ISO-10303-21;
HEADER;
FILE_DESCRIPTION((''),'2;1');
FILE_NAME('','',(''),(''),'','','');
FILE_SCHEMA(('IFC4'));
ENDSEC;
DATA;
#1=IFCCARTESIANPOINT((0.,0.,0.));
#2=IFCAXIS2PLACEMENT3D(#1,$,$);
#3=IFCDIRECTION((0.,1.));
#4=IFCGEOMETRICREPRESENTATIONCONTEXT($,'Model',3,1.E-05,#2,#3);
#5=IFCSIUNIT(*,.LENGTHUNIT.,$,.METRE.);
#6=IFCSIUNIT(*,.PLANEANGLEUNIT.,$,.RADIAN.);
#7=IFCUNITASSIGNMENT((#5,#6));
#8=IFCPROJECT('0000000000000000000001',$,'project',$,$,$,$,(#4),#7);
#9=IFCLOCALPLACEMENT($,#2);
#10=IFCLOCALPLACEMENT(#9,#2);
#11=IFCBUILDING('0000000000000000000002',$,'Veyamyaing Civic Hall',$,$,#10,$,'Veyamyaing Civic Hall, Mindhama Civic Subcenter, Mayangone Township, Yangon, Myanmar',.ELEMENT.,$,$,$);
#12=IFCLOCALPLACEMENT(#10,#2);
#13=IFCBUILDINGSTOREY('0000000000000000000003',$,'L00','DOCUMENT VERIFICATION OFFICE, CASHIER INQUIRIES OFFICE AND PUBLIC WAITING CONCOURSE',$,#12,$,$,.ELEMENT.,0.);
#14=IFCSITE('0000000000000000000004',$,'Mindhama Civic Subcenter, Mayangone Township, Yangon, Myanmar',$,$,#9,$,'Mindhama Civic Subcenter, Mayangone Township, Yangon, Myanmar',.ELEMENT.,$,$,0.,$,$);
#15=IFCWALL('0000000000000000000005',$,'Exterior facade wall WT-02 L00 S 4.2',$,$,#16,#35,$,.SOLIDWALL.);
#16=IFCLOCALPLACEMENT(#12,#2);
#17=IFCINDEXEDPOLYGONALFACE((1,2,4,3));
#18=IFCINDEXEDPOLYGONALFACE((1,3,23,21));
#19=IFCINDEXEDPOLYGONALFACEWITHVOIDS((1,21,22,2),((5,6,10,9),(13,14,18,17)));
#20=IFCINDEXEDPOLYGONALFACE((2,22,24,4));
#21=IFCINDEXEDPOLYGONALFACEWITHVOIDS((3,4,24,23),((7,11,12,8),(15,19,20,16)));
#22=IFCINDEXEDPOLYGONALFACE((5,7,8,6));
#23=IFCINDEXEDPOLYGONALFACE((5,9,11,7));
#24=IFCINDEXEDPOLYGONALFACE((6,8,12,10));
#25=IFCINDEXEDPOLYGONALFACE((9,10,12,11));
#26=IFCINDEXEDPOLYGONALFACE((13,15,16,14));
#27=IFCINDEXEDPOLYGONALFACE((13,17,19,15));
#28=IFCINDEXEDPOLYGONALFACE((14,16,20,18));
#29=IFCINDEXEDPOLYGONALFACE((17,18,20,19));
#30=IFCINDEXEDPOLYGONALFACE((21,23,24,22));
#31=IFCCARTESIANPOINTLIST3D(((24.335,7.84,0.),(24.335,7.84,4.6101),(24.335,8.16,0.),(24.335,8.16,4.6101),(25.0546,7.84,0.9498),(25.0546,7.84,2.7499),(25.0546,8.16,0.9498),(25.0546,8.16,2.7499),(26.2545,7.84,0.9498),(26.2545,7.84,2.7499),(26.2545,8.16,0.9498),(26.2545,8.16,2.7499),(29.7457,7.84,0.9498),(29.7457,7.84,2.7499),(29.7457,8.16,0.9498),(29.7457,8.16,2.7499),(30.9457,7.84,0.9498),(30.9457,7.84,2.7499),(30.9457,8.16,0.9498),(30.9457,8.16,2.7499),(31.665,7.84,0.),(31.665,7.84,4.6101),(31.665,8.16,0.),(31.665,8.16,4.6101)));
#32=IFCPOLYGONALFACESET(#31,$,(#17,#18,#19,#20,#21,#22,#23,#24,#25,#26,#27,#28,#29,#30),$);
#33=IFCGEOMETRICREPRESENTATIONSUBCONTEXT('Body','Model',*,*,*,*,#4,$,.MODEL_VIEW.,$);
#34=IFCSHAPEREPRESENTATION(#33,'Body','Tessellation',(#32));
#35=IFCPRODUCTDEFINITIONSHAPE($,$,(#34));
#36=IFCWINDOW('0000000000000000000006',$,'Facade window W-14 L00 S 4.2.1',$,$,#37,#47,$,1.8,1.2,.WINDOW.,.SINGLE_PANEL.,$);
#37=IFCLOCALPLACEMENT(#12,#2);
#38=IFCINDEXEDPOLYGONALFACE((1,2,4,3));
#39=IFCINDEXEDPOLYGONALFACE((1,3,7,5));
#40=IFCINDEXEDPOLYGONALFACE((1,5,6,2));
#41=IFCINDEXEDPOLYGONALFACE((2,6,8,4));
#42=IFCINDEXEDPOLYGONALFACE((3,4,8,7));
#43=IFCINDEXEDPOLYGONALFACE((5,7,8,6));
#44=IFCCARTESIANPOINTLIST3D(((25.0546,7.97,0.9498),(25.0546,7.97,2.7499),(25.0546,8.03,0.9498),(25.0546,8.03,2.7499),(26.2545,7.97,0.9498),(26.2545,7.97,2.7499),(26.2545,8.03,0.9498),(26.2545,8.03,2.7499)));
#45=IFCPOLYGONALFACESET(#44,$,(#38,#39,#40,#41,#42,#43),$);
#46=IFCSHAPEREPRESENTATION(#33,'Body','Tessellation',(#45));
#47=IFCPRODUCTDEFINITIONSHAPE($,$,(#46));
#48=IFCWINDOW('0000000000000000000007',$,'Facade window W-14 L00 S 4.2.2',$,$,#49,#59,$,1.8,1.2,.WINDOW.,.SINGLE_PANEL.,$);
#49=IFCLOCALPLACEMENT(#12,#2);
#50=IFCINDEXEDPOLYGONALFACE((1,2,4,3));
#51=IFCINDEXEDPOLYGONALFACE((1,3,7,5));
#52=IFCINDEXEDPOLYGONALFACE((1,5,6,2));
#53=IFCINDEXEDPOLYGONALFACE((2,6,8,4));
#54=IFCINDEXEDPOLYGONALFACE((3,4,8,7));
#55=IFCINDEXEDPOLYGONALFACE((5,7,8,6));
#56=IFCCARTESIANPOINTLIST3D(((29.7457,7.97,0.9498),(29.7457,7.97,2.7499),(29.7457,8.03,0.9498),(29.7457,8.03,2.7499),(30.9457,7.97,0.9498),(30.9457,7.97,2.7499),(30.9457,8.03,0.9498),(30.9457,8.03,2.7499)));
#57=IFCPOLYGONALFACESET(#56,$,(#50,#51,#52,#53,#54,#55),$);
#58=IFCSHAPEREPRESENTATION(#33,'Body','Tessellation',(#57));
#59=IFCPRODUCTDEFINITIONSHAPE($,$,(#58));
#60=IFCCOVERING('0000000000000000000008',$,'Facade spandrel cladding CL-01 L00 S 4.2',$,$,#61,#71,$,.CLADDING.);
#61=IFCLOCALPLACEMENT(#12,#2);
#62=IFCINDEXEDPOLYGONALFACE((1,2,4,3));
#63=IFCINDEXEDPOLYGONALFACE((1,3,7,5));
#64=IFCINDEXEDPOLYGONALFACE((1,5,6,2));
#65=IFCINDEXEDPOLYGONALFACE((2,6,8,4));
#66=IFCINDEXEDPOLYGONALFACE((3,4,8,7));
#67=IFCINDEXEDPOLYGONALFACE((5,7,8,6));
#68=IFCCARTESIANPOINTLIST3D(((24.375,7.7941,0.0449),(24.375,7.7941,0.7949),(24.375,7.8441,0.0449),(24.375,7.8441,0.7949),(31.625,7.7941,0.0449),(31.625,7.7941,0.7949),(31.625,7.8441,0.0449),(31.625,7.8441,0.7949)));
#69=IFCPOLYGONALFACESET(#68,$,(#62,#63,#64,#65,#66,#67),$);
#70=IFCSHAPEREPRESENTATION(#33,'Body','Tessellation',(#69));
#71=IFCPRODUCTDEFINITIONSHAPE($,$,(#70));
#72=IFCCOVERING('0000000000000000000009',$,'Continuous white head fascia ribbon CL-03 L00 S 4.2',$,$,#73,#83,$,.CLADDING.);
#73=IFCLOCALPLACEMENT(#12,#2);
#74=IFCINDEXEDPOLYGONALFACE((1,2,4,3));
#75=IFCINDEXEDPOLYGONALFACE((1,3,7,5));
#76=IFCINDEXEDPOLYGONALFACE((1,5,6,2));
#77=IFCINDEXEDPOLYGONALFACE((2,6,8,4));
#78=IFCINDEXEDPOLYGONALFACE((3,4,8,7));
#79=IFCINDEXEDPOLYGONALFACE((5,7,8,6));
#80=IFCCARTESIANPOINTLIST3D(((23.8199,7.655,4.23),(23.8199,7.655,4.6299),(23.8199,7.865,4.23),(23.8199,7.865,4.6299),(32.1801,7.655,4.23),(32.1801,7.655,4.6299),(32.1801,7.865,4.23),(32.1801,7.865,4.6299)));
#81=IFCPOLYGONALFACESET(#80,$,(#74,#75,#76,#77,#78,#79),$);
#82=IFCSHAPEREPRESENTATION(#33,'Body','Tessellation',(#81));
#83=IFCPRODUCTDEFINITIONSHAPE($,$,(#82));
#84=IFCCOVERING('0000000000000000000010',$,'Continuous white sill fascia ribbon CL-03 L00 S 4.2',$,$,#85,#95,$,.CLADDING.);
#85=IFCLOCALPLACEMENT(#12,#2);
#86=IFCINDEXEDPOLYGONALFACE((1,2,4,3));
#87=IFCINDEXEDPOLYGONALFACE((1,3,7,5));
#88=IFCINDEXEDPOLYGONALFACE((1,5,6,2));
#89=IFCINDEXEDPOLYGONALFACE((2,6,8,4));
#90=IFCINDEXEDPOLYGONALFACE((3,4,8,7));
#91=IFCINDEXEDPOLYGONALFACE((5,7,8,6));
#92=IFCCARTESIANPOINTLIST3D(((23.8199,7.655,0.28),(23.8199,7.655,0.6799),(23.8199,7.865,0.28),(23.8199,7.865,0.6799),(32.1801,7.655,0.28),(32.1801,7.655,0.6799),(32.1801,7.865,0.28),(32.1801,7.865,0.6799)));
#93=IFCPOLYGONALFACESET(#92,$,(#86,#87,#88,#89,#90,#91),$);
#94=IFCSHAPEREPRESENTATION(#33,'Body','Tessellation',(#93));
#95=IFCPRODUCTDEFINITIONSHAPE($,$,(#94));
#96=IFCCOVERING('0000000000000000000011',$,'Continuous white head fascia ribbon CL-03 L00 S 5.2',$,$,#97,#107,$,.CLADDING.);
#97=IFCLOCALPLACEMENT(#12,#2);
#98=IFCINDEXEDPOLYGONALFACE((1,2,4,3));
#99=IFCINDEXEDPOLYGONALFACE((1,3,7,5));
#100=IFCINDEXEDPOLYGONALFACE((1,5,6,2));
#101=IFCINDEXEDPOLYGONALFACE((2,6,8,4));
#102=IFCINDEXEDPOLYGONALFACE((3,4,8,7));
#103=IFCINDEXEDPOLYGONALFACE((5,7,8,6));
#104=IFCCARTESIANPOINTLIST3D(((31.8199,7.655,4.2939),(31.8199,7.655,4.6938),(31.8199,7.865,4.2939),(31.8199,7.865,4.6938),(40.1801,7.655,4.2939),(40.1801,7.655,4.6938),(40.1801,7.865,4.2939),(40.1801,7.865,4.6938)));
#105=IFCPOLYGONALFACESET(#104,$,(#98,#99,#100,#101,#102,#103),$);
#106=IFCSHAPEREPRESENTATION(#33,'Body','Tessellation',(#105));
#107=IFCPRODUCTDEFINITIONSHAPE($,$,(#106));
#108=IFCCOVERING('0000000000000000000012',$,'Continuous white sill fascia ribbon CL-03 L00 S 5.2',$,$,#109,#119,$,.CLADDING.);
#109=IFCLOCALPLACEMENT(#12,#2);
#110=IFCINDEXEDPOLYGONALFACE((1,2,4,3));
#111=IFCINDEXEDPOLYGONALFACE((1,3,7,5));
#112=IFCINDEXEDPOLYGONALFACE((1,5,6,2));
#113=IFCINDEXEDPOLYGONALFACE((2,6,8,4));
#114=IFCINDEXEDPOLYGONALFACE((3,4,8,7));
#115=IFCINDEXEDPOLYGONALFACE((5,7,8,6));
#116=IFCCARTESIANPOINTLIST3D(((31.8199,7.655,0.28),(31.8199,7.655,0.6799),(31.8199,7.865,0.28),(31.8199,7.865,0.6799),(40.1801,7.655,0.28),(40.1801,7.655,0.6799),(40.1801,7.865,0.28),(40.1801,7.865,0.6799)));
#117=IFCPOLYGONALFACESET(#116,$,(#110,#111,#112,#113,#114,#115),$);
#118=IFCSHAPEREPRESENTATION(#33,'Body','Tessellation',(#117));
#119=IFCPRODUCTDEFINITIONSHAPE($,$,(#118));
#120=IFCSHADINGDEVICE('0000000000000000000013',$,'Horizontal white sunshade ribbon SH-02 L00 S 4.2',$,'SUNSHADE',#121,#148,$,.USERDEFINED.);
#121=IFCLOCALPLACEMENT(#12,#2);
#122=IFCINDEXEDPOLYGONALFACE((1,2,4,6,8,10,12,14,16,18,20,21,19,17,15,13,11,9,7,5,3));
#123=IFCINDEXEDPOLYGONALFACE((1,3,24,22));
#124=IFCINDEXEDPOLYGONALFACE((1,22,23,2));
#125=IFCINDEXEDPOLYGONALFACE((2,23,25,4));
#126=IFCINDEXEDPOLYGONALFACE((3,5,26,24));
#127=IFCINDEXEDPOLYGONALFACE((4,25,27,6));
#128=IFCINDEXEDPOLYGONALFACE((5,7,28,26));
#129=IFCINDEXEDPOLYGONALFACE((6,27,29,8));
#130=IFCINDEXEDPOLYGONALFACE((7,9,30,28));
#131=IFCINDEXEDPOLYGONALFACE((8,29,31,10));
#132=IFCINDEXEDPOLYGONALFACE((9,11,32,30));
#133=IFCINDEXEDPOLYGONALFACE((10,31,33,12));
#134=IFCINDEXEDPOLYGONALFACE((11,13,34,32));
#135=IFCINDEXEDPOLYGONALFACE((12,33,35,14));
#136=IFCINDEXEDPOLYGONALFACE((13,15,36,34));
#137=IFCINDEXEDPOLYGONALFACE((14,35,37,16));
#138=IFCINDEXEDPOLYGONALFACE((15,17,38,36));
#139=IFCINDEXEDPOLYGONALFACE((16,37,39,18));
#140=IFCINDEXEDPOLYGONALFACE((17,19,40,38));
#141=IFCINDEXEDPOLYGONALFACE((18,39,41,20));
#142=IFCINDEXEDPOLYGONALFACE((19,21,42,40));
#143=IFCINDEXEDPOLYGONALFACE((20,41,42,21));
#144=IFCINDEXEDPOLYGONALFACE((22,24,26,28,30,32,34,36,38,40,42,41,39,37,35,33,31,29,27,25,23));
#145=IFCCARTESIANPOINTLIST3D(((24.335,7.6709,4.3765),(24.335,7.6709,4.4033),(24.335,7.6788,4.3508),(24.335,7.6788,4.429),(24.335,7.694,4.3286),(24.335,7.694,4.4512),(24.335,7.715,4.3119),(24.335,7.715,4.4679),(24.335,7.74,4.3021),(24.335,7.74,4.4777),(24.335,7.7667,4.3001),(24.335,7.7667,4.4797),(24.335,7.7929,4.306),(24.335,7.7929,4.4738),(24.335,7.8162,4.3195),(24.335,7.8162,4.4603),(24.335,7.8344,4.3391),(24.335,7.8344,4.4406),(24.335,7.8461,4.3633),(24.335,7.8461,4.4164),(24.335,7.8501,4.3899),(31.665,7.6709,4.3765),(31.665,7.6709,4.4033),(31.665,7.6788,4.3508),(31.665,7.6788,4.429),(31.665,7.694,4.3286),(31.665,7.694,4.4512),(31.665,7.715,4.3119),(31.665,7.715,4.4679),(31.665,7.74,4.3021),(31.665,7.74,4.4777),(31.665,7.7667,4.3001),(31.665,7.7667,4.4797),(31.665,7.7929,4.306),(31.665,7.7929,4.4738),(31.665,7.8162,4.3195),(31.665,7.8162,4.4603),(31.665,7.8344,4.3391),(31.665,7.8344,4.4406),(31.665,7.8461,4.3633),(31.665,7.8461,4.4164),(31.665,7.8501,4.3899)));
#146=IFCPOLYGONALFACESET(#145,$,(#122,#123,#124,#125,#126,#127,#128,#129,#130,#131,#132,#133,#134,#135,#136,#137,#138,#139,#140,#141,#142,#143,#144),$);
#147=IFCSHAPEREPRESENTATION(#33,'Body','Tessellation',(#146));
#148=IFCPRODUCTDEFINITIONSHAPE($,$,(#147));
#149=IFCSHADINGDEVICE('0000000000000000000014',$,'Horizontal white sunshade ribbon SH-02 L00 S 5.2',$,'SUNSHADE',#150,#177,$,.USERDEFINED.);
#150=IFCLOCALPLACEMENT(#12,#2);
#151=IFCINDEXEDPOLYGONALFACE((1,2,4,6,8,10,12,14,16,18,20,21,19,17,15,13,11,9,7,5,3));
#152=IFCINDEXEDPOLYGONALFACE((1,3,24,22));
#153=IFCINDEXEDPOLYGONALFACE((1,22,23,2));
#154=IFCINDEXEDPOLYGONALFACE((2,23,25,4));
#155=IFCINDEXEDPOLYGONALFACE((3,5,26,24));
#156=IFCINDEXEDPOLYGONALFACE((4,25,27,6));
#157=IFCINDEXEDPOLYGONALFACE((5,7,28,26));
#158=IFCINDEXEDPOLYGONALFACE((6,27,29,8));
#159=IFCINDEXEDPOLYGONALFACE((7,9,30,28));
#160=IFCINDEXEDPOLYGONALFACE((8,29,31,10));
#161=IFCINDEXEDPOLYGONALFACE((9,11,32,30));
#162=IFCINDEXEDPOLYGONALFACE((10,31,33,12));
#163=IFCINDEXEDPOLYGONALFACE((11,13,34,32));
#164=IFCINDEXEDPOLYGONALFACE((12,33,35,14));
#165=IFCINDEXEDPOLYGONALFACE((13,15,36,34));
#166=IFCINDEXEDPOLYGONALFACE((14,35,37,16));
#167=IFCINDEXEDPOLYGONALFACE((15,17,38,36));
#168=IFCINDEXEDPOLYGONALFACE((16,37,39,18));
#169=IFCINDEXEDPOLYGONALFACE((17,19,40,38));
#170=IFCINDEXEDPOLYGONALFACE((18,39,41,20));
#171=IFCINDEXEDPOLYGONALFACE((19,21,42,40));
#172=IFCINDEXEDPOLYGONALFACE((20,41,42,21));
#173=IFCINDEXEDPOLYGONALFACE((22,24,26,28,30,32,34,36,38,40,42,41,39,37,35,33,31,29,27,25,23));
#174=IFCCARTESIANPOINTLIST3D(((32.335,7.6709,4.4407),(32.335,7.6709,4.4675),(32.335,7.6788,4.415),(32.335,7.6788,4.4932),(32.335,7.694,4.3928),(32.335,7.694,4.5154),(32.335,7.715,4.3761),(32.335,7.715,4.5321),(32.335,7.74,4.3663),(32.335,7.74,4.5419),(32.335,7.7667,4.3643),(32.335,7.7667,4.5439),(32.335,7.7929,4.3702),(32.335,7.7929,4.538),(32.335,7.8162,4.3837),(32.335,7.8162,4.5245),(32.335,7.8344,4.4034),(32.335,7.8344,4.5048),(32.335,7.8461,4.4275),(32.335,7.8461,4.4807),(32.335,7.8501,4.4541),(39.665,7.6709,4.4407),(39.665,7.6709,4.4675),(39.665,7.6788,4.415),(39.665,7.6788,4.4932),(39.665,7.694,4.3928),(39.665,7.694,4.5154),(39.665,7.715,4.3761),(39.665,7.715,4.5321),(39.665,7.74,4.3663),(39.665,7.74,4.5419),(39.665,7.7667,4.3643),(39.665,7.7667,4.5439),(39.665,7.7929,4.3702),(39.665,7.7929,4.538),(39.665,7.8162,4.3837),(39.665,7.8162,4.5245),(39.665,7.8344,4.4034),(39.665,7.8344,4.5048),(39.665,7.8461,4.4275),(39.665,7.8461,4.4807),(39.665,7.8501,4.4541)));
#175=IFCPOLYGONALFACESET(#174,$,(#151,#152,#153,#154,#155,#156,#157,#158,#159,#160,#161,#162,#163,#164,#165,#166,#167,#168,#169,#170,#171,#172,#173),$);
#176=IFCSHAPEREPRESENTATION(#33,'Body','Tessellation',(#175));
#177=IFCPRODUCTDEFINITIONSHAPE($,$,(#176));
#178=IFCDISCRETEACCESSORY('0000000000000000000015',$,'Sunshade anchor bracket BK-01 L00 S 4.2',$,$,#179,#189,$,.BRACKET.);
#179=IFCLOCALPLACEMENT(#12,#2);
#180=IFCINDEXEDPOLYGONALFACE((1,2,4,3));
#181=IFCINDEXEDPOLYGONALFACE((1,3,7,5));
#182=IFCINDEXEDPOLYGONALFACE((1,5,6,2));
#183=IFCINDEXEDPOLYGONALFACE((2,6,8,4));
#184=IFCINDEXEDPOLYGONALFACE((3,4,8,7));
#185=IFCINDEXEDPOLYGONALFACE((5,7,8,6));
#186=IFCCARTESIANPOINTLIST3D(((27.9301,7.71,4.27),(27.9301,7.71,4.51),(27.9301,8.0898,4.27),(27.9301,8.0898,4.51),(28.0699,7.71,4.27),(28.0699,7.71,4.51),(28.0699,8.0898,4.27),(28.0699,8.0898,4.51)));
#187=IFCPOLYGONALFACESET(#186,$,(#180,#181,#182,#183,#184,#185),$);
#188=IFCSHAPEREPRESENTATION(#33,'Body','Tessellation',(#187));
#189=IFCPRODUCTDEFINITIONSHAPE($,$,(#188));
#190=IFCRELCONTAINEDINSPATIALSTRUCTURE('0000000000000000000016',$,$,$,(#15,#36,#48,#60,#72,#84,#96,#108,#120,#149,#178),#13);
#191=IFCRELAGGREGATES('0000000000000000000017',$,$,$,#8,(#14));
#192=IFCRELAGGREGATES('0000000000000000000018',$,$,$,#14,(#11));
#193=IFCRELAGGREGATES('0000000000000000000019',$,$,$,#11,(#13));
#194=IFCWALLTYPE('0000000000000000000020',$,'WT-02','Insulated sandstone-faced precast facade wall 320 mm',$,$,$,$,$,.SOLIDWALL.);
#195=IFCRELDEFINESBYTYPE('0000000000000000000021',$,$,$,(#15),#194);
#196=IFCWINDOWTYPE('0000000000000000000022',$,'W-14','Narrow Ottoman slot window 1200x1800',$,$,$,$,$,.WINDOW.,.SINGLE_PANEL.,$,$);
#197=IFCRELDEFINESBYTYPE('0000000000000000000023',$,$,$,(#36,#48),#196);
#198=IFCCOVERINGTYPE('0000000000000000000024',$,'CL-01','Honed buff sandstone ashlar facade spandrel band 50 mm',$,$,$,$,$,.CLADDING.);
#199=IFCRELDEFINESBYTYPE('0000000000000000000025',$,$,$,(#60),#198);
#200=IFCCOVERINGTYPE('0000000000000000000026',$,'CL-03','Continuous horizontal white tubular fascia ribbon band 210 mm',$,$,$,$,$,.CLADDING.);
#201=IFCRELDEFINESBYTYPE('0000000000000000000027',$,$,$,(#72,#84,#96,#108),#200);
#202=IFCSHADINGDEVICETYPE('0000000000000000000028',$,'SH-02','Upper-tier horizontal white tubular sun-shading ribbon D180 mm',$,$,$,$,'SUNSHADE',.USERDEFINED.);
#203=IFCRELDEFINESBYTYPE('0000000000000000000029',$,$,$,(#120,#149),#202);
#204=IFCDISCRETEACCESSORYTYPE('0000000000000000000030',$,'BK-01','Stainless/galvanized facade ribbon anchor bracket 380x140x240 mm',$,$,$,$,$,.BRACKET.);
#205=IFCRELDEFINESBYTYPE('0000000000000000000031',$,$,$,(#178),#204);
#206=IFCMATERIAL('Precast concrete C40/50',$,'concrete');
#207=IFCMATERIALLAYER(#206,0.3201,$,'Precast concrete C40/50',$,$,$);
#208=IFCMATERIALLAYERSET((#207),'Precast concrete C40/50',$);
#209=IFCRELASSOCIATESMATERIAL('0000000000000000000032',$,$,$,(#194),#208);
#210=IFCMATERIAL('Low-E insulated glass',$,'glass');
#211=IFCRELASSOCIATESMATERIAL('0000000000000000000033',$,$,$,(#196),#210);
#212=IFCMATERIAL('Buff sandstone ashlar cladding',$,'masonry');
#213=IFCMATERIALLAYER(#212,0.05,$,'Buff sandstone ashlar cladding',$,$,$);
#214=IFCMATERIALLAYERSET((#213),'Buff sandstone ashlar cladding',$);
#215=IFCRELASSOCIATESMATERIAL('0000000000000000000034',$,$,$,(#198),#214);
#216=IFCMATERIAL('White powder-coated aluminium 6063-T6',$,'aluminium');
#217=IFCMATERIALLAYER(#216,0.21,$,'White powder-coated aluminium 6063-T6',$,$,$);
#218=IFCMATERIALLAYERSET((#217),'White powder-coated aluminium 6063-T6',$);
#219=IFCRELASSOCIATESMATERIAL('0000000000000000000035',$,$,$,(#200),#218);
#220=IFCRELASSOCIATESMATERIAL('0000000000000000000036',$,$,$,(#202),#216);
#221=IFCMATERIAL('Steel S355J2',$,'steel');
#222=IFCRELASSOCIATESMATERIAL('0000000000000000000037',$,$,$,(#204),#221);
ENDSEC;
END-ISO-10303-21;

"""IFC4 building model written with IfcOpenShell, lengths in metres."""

from ifc_helpers import new_model, si_unit, direction, frame, frame_2d, origin, origin_2d, place, context, subcontext, project, spatial, rectangle, circle, extrude, material, layer, layer_set, material_profile, profile_set, type_object, element, fill, save


model = new_model("IFC4")

# Units and contexts
model_context = context("Model", 3, precision=1e-05, world=origin(), true_north=direction((0.0, 1.0)))
body_context = subcontext(model_context, "Body", "Model", "MODEL_VIEW")
ifc_project = project(units=[si_unit("LENGTHUNIT", "METRE"), si_unit("PLANEANGLEUNIT", "RADIAN")], contexts=[model_context])

# Site, building, storey
site_placement = place(None, origin())
site = spatial("IfcSite", under=ifc_project, at=site_placement, Name="Mindhama Civic Subcenter, Mayangone Township, Yangon, Myanmar", LongName="Mindhama Civic Subcenter, Mayangone Township, Yangon, Myanmar", CompositionType="ELEMENT", RefElevation=0.0)
building_placement = place(site_placement, origin())
building = spatial("IfcBuilding", under=site, at=building_placement, Name="Veyamyaing Civic Hall", LongName="Veyamyaing Civic Hall, Mindhama Civic Subcenter, Mayangone Township, Yangon, Myanmar", CompositionType="ELEMENT")
storey_placement = place(building_placement, origin())
storey = spatial("IfcBuildingStorey", under=building, at=storey_placement, Name="L00", Description="DOCUMENT VERIFICATION OFFICE, CASHIER INQUIRIES OFFICE AND PUBLIC WAITING CONCOURSE", CompositionType="ELEMENT", Elevation=0.0)

# Shared definitions
ifc_material_1 = material(Name="Low-E insulated glass", Category="glass")

# Wall, openings, windows
ifc_material_2 = material(Name="Precast concrete C40/50", Category="concrete")
ifc_layer_1 = layer(ifc_material_2, 0.3201, Name="Precast concrete C40/50")
ifc_layer_set_1 = layer_set([ifc_layer_1], Name="Precast concrete C40/50")
wall_type = type_object("IfcWallType", Name="WT-02", Description="Insulated sandstone-faced precast facade wall 320 mm", PredefinedType="SOLIDWALL", material=ifc_layer_set_1)
wall_placement = place(storey_placement, frame((24.335, 8.0, 0.0), z_axis=(0.0, 0.0, 1.0), x_axis=(1.0, 0.0, 0.0)))
wall = element("IfcWall", 1, at=wall_placement, inside=storey, type_object=wall_type, Name="Exterior facade wall WT-02 L00 S 4.2", PredefinedType="SOLIDWALL", context=body_context, shape_type="SweptSolid", body=[
    extrude(rectangle(XDim=7.3301, YDim=0.3201, at=frame_2d((3.665, 0.0))), origin(), (0.0, 0.0, 1.0), 4.6101),
])
opening_1_placement = place(wall_placement, frame((0.7195, 0.0, 0.95)))
opening_1 = element("IfcOpeningElement", 2, at=opening_1_placement, cuts=wall, PredefinedType="OPENING", context=body_context, shape_type="SweptSolid", body=[
    extrude(rectangle(XDim=1.2, YDim=1.8, at=frame_2d((0.6001, 0.8999))), frame((0.0, 0.1699, 0.0), z_axis=(0.0, -1.0, 0.0), x_axis=(1.0, 0.0, 0.0)), (0.0, 0.0, 1.0), 0.3401),
])
opening_2_placement = place(wall_placement, frame((5.4106, 0.0, 0.95)))
opening_2 = element("IfcOpeningElement", 3, at=opening_2_placement, cuts=wall, PredefinedType="OPENING", context=body_context, shape_type="SweptSolid", body=[
    extrude(rectangle(XDim=1.2, YDim=1.8, at=frame_2d((0.6001, 0.8999))), frame((0.0, 0.1699, 0.0), z_axis=(0.0, -1.0, 0.0), x_axis=(1.0, 0.0, 0.0)), (0.0, 0.0, 1.0), 0.3401),
])
window_type = type_object("IfcWindowType", Name="W-14", Description="Narrow Ottoman slot window 1200x1800", PartitioningType="SINGLE_PANEL", PredefinedType="WINDOW", material=ifc_material_1)
window_1_placement = place(opening_1_placement, origin())
window_1 = element("IfcWindow", 4, at=window_1_placement, inside=storey, type_object=window_type, Name="Facade window W-14 L00 S 4.2.1", OverallHeight=1.8, OverallWidth=1.2, PartitioningType="SINGLE_PANEL", PredefinedType="WINDOW", context=body_context, shape_type="SweptSolid", body=[
    extrude(rectangle(XDim=1.2, YDim=1.8, at=frame_2d((0.6001, 0.8999))), frame((0.0, 0.03, 0.0), z_axis=(0.0, -1.0, 0.0), x_axis=(1.0, 0.0, 0.0)), (0.0, 0.0, 1.0), 0.0601),
])
fill(opening_1, window_1)
window_2_placement = place(opening_2_placement, origin())
window_2 = element("IfcWindow", 5, at=window_2_placement, inside=storey, type_object=window_type, Name="Facade window W-14 L00 S 4.2.2", OverallHeight=1.8, OverallWidth=1.2, PartitioningType="SINGLE_PANEL", PredefinedType="WINDOW", context=body_context, shape_type="SweptSolid", body=[
    extrude(rectangle(XDim=1.2, YDim=1.8, at=frame_2d((0.6001, 0.8999))), frame((0.0, 0.03, 0.0), z_axis=(0.0, -1.0, 0.0), x_axis=(1.0, 0.0, 0.0)), (0.0, 0.0, 1.0), 0.0601),
])
fill(opening_2, window_2)

# Coverings
ifc_material_3 = material(Name="Buff sandstone ashlar cladding", Category="masonry")
ifc_layer_2 = layer(ifc_material_3, 0.05, Name="Buff sandstone ashlar cladding")
ifc_layer_set_2 = layer_set([ifc_layer_2], Name="Buff sandstone ashlar cladding")
covering_type_1 = type_object("IfcCoveringType", Name="CL-01", Description="Honed buff sandstone ashlar facade spandrel band 50 mm", PredefinedType="CLADDING", material=ifc_layer_set_2)
covering_placement = place(storey_placement, frame((28.0, 7.8191, 0.0449), z_axis=(0.0, 0.0, 1.0), x_axis=(1.0, 0.0, 0.0)))
element("IfcCovering", 6, at=covering_placement, inside=storey, type_object=covering_type_1, Name="Facade spandrel cladding CL-01 L00 S 4.2", PredefinedType="CLADDING", context=body_context, shape_type="SweptSolid", body=[
    extrude(rectangle(XDim=7.25, YDim=0.05, at=origin_2d()), origin(), (0.0, 0.0, 1.0), 0.75),
])
ifc_material_4 = material(Name="White powder-coated aluminium 6063-T6", Category="aluminium")
ifc_layer_3 = layer(ifc_material_4, 0.21, Name="White powder-coated aluminium 6063-T6")
ifc_layer_set_3 = layer_set([ifc_layer_3], Name="White powder-coated aluminium 6063-T6")
covering_type_2 = type_object("IfcCoveringType", Name="CL-03", Description="Continuous horizontal white tubular fascia ribbon band 210 mm", PredefinedType="CLADDING", material=ifc_layer_set_3)
for number, where, z_axis, x_axis, name in (
    (7, (28.0, 7.76, 4.23), (0.0, 0.0, 1.0), (1.0, 0.0, 0.0), "Continuous white head fascia ribbon CL-03 L00 S 4.2"),
    (8, (28.0, 7.76, 0.28), (0.0, 0.0, 1.0), (1.0, 0.0, 0.0), "Continuous white sill fascia ribbon CL-03 L00 S 4.2"),
    (9, (36.0, 7.76, 4.2939), (0.0, 0.0, 1.0), (1.0, 0.0, 0.0), "Continuous white head fascia ribbon CL-03 L00 S 5.2"),
    (10, (36.0, 7.76, 0.28), (0.0, 0.0, 1.0), (1.0, 0.0, 0.0), "Continuous white sill fascia ribbon CL-03 L00 S 5.2"),
):
    element("IfcCovering", number, at=place(storey_placement, frame(where, z_axis=z_axis, x_axis=x_axis)), inside=storey, type_object=covering_type_2, Name=name, PredefinedType="CLADDING", context=body_context, shape_type="SweptSolid", body=[
        extrude(rectangle(XDim=8.3601, YDim=0.21, at=origin_2d()), origin(), (0.0, 0.0, 1.0), 0.3999),
    ])

# Shading devices
ifc_material_profile_1 = material_profile(ifc_material_4, circle(Radius=0.0901, at=origin_2d()), Name="SHADE-TUBE-180")
ifc_profile_set_1 = profile_set([ifc_material_profile_1], Name="White powder-coated aluminium 6063-T6")
shading_device_type = type_object("IfcShadingDeviceType", Name="SH-02", Description="Upper-tier horizontal white tubular sun-shading ribbon D180 mm", ElementType="SUNSHADE", PredefinedType="USERDEFINED", material=ifc_profile_set_1)
for number, where, z_axis, x_axis, name in (
    (11, (24.335, 7.76, 4.3899), (1.0, 0.0, 0.0), (0.0, 1.0, 0.0), "Horizontal white sunshade ribbon SH-02 L00 S 4.2"),
    (12, (32.335, 7.76, 4.4541), (1.0, 0.0, 0.0), (0.0, 1.0, 0.0), "Horizontal white sunshade ribbon SH-02 L00 S 5.2"),
):
    element("IfcShadingDevice", number, at=place(storey_placement, frame(where, z_axis=z_axis, x_axis=x_axis)), inside=storey, type_object=shading_device_type, Name=name, ObjectType="SUNSHADE", PredefinedType="USERDEFINED", context=body_context, shape_type="SweptSolid", body=[
        extrude(circle(Radius=0.0901, at=origin_2d()), origin(), (0.0, 0.0, 1.0), 7.3301),
    ])

# Discrete accessory
ifc_material_5 = material(Name="Steel S355J2", Category="steel")
discrete_accessory_type = type_object("IfcDiscreteAccessoryType", Name="BK-01", Description="Stainless/galvanized facade ribbon anchor bracket 380x140x240 mm", PredefinedType="BRACKET", material=ifc_material_5)
for number, where, z_axis, x_axis, name in (
    (13, (28.0, 7.8999, 4.27), (0.0, 0.0, 1.0), (0.0, -1.0, 0.0), "Sunshade anchor bracket BK-01 L00 S 4.2"),
):
    element("IfcDiscreteAccessory", number, at=place(storey_placement, frame(where, z_axis=z_axis, x_axis=x_axis)), inside=storey, type_object=discrete_accessory_type, Name=name, PredefinedType="BRACKET", context=body_context, shape_type="SweptSolid", body=[
        extrude(rectangle(XDim=0.3799, YDim=0.1399, at=origin_2d()), origin(), (0.0, 0.0, 1.0), 0.24),
    ])

save(model, "model.ifc")
